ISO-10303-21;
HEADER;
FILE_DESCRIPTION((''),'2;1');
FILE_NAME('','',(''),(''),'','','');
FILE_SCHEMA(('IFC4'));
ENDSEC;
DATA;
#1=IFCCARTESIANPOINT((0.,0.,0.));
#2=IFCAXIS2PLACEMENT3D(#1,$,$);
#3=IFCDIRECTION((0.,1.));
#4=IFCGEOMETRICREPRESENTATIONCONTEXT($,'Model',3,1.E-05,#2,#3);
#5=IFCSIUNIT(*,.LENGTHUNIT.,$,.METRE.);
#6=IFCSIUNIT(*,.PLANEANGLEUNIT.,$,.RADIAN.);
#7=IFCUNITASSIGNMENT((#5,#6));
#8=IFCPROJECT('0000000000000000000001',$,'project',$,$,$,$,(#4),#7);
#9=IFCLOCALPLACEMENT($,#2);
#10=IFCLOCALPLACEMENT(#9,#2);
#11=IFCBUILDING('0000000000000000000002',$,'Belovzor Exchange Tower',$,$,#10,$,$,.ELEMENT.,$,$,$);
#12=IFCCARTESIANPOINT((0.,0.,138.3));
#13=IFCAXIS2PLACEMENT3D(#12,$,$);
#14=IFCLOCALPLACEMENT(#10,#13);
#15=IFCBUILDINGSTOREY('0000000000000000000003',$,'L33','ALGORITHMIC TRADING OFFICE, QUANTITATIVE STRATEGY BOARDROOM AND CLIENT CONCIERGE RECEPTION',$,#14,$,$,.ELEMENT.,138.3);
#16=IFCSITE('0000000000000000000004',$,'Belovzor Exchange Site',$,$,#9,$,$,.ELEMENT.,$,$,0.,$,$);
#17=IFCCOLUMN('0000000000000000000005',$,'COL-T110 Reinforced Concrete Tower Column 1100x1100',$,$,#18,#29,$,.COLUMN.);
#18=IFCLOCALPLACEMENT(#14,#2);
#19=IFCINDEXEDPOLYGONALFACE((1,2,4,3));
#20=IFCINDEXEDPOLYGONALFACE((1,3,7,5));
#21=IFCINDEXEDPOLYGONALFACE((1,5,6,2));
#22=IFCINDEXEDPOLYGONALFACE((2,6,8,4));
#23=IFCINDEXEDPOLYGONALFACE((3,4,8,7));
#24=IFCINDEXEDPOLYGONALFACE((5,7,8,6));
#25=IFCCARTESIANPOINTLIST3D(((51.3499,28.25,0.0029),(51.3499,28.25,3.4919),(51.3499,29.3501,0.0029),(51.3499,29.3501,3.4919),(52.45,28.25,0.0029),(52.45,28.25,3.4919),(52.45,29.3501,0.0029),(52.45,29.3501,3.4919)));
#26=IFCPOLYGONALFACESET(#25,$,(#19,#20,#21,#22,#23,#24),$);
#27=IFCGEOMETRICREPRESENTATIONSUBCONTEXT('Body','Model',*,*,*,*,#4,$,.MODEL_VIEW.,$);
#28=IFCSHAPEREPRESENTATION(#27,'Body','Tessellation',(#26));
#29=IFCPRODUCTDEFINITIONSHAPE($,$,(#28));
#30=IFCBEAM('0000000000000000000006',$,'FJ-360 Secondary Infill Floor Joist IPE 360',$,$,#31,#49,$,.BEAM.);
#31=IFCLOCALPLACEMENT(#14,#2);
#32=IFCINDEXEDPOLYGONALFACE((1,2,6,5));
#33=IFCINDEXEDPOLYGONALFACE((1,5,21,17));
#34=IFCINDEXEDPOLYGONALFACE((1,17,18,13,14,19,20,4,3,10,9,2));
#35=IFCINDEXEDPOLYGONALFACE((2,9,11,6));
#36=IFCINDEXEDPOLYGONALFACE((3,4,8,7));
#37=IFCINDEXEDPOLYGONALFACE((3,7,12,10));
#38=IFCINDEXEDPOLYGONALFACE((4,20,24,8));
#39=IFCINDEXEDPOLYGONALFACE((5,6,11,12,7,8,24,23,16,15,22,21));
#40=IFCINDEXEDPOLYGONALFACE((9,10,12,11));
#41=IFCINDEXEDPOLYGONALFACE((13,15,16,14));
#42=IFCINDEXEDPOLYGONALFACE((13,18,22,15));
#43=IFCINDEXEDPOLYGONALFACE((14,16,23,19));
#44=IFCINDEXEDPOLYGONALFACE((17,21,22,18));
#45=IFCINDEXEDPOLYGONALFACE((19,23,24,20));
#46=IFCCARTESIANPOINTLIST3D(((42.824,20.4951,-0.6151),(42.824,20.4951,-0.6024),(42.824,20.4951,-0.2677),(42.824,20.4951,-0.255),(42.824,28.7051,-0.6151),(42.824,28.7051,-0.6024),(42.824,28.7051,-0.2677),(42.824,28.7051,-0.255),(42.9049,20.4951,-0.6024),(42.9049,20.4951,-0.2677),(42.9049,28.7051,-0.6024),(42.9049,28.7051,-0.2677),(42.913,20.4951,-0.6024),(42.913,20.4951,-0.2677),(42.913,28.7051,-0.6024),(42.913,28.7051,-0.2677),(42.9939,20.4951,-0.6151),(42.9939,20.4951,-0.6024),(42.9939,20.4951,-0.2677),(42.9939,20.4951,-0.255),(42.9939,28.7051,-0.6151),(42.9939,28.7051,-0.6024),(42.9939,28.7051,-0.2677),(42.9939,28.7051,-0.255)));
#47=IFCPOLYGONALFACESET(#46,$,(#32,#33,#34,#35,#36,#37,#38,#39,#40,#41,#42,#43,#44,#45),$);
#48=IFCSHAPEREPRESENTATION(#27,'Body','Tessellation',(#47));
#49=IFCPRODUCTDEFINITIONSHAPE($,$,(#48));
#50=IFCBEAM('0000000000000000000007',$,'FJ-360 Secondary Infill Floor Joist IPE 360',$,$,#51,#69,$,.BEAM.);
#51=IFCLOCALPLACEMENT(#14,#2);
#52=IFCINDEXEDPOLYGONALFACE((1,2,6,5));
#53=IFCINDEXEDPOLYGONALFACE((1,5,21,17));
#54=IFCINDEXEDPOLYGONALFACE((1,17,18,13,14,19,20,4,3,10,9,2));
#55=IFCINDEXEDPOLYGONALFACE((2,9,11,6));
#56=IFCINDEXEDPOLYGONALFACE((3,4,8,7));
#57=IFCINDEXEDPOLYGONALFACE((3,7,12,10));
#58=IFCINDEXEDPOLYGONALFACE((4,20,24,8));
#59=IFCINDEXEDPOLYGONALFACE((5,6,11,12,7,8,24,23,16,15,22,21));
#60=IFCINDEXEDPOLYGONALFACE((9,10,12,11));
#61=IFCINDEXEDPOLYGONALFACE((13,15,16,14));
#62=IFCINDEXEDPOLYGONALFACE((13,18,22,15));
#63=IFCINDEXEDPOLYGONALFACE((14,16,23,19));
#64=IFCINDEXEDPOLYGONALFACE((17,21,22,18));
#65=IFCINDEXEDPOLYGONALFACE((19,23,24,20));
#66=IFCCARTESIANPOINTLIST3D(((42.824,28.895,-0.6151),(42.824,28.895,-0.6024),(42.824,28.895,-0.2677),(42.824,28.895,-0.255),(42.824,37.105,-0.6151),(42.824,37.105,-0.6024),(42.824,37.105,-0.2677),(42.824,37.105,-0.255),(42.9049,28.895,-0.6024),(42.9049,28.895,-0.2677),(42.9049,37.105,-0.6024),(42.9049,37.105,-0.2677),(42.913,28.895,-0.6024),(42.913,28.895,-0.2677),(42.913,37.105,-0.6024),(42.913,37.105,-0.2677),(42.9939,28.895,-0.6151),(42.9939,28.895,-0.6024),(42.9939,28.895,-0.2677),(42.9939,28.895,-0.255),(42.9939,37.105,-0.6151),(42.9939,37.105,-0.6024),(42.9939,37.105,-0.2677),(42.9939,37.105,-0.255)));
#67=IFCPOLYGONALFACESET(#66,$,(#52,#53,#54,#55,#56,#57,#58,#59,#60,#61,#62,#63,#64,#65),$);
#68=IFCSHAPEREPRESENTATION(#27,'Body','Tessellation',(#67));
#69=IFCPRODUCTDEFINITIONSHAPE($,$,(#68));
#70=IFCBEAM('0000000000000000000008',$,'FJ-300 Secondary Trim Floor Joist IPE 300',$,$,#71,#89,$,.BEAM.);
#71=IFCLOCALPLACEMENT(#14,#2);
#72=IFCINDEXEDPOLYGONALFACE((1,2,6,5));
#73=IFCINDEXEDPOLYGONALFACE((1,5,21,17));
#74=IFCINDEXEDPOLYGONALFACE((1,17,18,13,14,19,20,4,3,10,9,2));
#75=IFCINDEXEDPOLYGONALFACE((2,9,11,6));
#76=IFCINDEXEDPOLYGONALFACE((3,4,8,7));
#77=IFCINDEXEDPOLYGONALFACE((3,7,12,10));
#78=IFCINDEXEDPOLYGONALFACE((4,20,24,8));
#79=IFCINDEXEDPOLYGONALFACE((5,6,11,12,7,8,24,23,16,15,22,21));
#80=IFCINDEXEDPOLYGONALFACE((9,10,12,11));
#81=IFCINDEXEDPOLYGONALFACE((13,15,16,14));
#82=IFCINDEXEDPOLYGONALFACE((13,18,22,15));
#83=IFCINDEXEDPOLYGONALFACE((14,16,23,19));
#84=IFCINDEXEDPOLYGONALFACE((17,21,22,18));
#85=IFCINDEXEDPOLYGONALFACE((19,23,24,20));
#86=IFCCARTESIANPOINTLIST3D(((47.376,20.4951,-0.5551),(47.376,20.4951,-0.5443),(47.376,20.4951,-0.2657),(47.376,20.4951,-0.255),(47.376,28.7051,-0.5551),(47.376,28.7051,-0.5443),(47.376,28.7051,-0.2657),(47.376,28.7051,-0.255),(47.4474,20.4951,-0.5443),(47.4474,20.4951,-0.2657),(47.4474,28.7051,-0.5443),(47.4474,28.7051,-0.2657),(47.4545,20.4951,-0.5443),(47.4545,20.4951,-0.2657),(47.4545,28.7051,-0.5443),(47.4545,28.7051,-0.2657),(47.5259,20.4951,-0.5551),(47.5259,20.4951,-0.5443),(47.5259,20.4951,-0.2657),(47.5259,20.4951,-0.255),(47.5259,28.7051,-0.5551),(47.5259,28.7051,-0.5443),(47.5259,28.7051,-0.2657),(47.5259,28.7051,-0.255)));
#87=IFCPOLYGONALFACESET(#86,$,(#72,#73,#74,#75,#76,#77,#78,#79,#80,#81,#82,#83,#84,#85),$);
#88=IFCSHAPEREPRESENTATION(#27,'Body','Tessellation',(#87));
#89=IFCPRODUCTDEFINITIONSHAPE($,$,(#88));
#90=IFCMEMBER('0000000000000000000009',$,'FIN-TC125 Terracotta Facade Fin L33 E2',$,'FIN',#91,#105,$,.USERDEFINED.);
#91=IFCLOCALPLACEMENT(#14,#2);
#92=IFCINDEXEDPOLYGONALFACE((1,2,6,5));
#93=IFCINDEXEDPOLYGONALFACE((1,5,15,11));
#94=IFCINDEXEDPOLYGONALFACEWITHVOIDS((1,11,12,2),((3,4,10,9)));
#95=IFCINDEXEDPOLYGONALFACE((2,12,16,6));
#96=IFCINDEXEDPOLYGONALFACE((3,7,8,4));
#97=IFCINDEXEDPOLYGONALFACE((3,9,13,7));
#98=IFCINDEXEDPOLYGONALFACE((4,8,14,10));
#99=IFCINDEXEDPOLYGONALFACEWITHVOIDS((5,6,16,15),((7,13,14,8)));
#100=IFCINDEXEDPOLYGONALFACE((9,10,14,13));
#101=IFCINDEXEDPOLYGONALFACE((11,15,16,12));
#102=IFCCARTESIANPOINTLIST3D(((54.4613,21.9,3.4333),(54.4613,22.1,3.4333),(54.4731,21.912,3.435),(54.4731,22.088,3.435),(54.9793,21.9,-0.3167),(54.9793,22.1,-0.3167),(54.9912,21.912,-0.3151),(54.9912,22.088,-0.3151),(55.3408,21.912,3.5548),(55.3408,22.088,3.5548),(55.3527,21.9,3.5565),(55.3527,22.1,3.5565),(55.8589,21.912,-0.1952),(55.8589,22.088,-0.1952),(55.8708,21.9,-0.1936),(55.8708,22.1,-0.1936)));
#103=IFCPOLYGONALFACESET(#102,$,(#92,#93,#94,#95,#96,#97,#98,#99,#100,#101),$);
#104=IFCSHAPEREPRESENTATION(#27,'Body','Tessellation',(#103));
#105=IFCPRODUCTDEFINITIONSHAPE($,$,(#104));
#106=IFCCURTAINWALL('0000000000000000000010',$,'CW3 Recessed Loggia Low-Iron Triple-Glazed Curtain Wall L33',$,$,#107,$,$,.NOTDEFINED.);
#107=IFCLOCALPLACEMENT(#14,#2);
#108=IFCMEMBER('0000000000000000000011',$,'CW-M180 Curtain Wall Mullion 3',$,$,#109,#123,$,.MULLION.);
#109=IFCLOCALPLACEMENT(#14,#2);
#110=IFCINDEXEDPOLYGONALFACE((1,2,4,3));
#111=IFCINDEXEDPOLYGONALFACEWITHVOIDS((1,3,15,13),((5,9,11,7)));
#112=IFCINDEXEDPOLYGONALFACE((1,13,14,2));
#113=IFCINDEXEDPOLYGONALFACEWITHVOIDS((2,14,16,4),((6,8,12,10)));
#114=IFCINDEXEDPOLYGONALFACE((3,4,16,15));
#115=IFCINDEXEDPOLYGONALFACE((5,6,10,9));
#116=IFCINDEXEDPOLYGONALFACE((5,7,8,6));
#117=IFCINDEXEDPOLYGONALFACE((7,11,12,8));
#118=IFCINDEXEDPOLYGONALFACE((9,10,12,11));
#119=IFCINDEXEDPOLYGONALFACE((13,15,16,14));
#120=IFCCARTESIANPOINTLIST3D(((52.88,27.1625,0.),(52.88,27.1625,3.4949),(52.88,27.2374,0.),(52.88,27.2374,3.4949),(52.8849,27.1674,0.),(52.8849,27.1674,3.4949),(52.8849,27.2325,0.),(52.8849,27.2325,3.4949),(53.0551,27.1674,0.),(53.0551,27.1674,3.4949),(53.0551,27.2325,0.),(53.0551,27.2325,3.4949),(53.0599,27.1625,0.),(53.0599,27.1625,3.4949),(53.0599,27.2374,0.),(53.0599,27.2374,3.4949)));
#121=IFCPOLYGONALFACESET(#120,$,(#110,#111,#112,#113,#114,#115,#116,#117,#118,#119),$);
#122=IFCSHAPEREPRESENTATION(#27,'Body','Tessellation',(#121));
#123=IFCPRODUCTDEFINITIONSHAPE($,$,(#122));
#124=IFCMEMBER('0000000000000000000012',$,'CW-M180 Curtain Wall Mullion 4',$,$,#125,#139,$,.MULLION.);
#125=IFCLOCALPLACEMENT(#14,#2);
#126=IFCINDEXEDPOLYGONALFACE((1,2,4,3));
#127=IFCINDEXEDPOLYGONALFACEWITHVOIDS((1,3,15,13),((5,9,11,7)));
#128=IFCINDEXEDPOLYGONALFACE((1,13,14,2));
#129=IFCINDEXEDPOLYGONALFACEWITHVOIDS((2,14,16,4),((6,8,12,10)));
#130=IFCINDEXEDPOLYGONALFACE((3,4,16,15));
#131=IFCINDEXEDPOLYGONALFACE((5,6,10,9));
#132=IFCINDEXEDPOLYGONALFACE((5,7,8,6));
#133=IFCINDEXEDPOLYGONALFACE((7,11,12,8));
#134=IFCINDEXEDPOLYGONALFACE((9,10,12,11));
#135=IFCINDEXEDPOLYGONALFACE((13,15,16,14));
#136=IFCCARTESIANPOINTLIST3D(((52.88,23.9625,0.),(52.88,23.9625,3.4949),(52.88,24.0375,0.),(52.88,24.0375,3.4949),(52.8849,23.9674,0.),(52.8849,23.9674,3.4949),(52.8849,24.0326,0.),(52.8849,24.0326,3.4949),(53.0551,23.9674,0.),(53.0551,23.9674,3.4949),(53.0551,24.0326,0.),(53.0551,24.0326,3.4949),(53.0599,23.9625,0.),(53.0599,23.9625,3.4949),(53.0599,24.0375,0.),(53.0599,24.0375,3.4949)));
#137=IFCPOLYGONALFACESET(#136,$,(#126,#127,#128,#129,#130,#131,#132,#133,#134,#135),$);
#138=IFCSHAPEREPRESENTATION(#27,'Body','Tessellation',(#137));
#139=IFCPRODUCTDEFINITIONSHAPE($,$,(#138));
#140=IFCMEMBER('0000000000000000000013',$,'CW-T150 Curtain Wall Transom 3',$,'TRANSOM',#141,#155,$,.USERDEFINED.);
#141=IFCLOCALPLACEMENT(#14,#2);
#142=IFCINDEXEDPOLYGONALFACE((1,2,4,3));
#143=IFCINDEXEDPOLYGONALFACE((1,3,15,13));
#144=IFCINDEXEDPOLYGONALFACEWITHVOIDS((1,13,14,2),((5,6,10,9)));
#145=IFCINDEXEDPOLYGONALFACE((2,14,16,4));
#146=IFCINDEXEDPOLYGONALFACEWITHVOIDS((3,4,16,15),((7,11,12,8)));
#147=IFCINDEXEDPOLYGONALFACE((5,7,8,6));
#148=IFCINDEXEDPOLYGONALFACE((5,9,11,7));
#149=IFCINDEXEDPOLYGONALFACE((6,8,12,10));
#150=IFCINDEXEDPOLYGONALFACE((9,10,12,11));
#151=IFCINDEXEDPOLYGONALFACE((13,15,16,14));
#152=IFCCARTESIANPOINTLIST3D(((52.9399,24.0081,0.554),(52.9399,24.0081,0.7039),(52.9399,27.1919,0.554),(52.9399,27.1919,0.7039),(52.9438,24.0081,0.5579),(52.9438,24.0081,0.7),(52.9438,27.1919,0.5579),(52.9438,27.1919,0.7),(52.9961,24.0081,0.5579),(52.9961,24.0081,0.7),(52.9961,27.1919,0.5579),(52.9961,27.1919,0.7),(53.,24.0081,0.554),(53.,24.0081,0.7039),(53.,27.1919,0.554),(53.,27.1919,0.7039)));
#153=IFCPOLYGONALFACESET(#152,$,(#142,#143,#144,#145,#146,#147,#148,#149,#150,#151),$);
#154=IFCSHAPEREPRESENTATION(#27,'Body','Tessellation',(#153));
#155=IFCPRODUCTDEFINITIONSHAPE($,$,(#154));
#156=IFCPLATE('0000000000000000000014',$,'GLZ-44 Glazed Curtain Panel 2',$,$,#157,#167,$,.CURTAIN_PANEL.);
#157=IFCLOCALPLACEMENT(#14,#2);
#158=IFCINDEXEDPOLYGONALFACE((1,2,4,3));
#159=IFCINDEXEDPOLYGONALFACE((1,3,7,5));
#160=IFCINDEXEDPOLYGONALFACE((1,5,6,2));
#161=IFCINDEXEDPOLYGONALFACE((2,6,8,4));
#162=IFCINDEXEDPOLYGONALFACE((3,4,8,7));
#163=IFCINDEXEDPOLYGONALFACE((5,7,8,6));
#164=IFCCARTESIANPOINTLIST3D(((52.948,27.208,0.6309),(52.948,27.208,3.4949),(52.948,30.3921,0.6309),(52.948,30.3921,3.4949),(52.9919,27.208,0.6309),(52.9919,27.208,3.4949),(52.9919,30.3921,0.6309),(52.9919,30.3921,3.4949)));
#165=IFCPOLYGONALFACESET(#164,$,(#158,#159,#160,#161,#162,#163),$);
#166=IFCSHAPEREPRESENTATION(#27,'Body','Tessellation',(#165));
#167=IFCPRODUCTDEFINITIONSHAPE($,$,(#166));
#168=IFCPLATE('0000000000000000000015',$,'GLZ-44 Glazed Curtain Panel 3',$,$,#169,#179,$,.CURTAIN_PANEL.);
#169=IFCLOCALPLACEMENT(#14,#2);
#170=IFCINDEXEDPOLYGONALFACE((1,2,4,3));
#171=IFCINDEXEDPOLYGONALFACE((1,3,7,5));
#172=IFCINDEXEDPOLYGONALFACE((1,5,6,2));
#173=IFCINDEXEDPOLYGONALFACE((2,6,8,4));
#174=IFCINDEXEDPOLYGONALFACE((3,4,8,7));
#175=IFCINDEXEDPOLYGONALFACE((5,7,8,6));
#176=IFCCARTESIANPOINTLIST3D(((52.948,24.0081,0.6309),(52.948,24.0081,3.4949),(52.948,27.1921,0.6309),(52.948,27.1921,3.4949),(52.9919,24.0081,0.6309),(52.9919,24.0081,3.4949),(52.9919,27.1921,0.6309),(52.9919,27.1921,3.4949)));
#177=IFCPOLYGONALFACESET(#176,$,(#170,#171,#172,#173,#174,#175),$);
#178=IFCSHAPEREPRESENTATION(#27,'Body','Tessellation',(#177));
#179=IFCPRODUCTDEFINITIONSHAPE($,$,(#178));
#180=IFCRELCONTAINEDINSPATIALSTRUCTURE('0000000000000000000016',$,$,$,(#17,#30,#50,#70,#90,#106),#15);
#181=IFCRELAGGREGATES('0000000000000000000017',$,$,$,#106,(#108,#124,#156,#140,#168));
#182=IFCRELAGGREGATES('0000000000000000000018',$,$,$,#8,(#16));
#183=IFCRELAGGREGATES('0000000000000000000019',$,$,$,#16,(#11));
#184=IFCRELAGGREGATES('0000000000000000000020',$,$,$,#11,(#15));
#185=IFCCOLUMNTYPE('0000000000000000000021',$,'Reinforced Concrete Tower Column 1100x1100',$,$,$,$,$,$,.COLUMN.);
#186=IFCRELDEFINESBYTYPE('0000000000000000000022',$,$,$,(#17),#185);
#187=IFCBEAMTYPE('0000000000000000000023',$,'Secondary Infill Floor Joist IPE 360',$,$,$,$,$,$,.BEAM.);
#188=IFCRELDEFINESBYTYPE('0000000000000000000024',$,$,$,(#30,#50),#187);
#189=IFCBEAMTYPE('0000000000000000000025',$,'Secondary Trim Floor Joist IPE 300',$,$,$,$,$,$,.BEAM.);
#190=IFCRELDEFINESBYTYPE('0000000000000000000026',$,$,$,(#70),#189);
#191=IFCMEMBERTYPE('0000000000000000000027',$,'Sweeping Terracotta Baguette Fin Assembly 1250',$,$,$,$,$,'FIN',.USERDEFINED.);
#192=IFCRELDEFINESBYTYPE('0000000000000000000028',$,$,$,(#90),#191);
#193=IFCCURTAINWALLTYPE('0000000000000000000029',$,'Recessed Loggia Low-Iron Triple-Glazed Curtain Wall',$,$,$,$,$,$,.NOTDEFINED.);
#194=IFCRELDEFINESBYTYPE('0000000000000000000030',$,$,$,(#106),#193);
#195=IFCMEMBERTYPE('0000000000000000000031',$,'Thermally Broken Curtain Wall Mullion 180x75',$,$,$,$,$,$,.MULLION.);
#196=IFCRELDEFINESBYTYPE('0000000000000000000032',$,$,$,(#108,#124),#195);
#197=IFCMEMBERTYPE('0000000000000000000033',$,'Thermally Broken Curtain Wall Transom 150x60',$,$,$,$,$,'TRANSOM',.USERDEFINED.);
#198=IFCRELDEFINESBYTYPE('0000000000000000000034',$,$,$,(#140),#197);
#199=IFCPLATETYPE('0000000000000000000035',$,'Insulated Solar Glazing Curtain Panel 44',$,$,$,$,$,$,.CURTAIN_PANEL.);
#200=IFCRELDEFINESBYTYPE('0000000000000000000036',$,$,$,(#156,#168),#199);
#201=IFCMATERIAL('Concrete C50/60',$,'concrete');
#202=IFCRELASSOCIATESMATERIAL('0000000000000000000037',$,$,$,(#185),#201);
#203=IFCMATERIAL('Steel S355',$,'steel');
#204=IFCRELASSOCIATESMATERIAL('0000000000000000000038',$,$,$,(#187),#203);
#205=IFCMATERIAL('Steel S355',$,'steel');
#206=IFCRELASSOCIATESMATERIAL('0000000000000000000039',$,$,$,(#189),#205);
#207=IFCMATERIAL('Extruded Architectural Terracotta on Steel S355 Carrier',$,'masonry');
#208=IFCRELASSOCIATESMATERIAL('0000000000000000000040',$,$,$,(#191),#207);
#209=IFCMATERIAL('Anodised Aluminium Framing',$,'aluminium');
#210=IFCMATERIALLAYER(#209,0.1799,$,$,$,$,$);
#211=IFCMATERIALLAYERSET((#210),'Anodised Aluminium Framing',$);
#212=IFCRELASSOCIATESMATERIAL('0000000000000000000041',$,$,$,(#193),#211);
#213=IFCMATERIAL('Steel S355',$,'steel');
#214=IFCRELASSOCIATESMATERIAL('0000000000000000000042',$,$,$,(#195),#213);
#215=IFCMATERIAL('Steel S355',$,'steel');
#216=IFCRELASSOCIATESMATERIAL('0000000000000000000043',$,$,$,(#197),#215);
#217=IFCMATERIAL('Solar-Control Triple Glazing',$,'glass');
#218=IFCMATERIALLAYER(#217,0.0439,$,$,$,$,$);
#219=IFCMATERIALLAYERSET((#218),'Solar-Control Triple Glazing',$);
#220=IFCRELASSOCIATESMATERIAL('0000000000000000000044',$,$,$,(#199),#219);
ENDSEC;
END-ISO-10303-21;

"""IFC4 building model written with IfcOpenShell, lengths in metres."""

from ifc_helpers import new_model, si_unit, direction, frame, origin, origin_2d, place, context, subcontext, project, spatial, rectangle, hollow_rectangle, i_section, extrude, material, layer, layer_set, material_profile, profile_set, type_object, element, aggregate, save


model = new_model("IFC4")

# Units and contexts
model_context = context("Model", 3, precision=1e-05, world=origin(), true_north=direction((0.0, 1.0)))
body_context = subcontext(model_context, "Body", "Model", "MODEL_VIEW")
ifc_project = project(units=[si_unit("LENGTHUNIT", "METRE"), si_unit("PLANEANGLEUNIT", "RADIAN")], contexts=[model_context])

# Site, building, storey
site_placement = place(None, origin())
site = spatial("IfcSite", under=ifc_project, at=site_placement, Name="Belovzor Exchange Site", CompositionType="ELEMENT", RefElevation=0.0)
building_placement = place(site_placement, origin())
building = spatial("IfcBuilding", under=site, at=building_placement, Name="Belovzor Exchange Tower", CompositionType="ELEMENT")
storey_placement = place(building_placement, frame((0.0, 0.0, 138.3)))
storey = spatial("IfcBuildingStorey", under=building, at=storey_placement, Name="L33", Description="ALGORITHMIC TRADING OFFICE, QUANTITATIVE STRATEGY BOARDROOM AND CLIENT CONCIERGE RECEPTION", CompositionType="ELEMENT", Elevation=138.3)

# Column
ifc_material_1 = material(Name="Concrete C50/60", Category="concrete")
ifc_material_profile_1 = material_profile(ifc_material_1, rectangle(XDim=1.1001, YDim=1.1001, at=origin_2d()))
ifc_profile_set_1 = profile_set([ifc_material_profile_1], Name="Concrete C50/60")
column_type = type_object("IfcColumnType", Name="Reinforced Concrete Tower Column 1100x1100", PredefinedType="COLUMN", material=ifc_profile_set_1)
column_placement = place(storey_placement, frame((51.8999, 28.8, 0.0029), z_axis=(0.0, 0.0, 1.0), x_axis=(1.0, 0.0, 0.0)))
element("IfcColumn", 1, at=column_placement, inside=storey, type_object=column_type, Name="COL-T110 Reinforced Concrete Tower Column 1100x1100", PredefinedType="COLUMN", context=body_context, shape_type="SweptSolid", body=[
    extrude(rectangle(XDim=1.1001, YDim=1.1001, at=origin_2d()), origin(), (0.0, 0.0, 1.0), 3.489),
])

# Beams
ifc_material_2 = material(Name="Steel S355", Category="steel")
ifc_material_profile_2 = material_profile(ifc_material_2, i_section(OverallWidth=0.1699, OverallDepth=0.3601, WebThickness=0.0081, FlangeThickness=0.0127, at=origin_2d()))
ifc_profile_set_2 = profile_set([ifc_material_profile_2], Name="Steel S355")
beam_type_1 = type_object("IfcBeamType", Name="Secondary Infill Floor Joist IPE 360", PredefinedType="BEAM", material=ifc_profile_set_2)
for number, where, z_axis, x_axis, name in (
    (2, (42.9089, 20.4951, -0.4351), (0.0, 1.0, 0.0), (-1.0, 0.0, 0.0), "FJ-360 Secondary Infill Floor Joist IPE 360"),
    (3, (42.9089, 28.895, -0.4351), (0.0, 1.0, 0.0), (-1.0, 0.0, 0.0), "FJ-360 Secondary Infill Floor Joist IPE 360"),
):
    element("IfcBeam", number, at=place(storey_placement, frame(where, z_axis=z_axis, x_axis=x_axis)), inside=storey, type_object=beam_type_1, Name=name, PredefinedType="BEAM", context=body_context, shape_type="SweptSolid", body=[
        extrude(i_section(OverallWidth=0.1699, OverallDepth=0.3601, WebThickness=0.0081, FlangeThickness=0.0127, at=origin_2d()), origin(), (0.0, 0.0, 1.0), 8.21),
    ])
ifc_material_3 = material(Name="Steel S355", Category="steel")
ifc_material_profile_3 = material_profile(ifc_material_3, i_section(OverallWidth=0.1499, OverallDepth=0.3, WebThickness=0.0071, FlangeThickness=0.0107, at=origin_2d()))
ifc_profile_set_3 = profile_set([ifc_material_profile_3], Name="Steel S355")
beam_type_2 = type_object("IfcBeamType", Name="Secondary Trim Floor Joist IPE 300", PredefinedType="BEAM", material=ifc_profile_set_3)
beam_placement = place(storey_placement, frame((47.4509, 20.4951, -0.405), z_axis=(0.0, 1.0, 0.0), x_axis=(-1.0, 0.0, 0.0)))
element("IfcBeam", 4, at=beam_placement, inside=storey, type_object=beam_type_2, Name="FJ-300 Secondary Trim Floor Joist IPE 300", PredefinedType="BEAM", context=body_context, shape_type="SweptSolid", body=[
    extrude(i_section(OverallWidth=0.1499, OverallDepth=0.3, WebThickness=0.0071, FlangeThickness=0.0107, at=origin_2d()), origin(), (0.0, 0.0, 1.0), 8.21),
])

# Member
ifc_material_4 = material(Name="Extruded Architectural Terracotta on Steel S355 Carrier", Category="masonry")
ifc_material_profile_4 = material_profile(ifc_material_4, hollow_rectangle(XDim=0.2, YDim=0.8999, WallThickness=0.012, at=origin_2d()))
ifc_profile_set_4 = profile_set([ifc_material_profile_4], Name="Extruded Architectural Terracotta on Steel S355 Carrier")
member_type_1 = type_object("IfcMemberType", Name="Sweeping Terracotta Baguette Fin Assembly 1250", ElementType="FIN", PredefinedType="USERDEFINED", material=ifc_profile_set_4)
member_1_placement = place(storey_placement, frame((55.425, 22.0, -0.2551), z_axis=(-0.136851, 0.0, 0.990592), x_axis=(0.0, -1.0, 0.0)))
element("IfcMember", 5, at=member_1_placement, inside=storey, type_object=member_type_1, Name="FIN-TC125 Terracotta Facade Fin L33 E2", ObjectType="FIN", PredefinedType="USERDEFINED", context=body_context, shape_type="SweptSolid", body=[
    extrude(hollow_rectangle(XDim=0.2, YDim=0.8999, WallThickness=0.012, at=origin_2d()), origin(), (0.0, 0.0, 1.0), 3.7856),
])

# Curtain wall, members, plates
ifc_material_5 = material(Name="Anodised Aluminium Framing", Category="aluminium")
ifc_layer_1 = layer(ifc_material_5, 0.1799)
ifc_layer_set_1 = layer_set([ifc_layer_1], Name="Anodised Aluminium Framing")
curtain_wall_type = type_object("IfcCurtainWallType", Name="Recessed Loggia Low-Iron Triple-Glazed Curtain Wall", PredefinedType="NOTDEFINED", material=ifc_layer_set_1)
curtain_wall_placement = place(storey_placement, origin())
curtain_wall = element("IfcCurtainWall", 6, at=curtain_wall_placement, inside=storey, type_object=curtain_wall_type, Name="CW3 Recessed Loggia Low-Iron Triple-Glazed Curtain Wall L33", PredefinedType="NOTDEFINED")
ifc_material_6 = material(Name="Steel S355", Category="steel")
ifc_material_profile_5 = material_profile(ifc_material_6, hollow_rectangle(XDim=0.075, YDim=0.1799, WallThickness=0.0049, at=origin_2d()))
ifc_profile_set_5 = profile_set([ifc_material_profile_5], Name="Steel S355")
member_type_2 = type_object("IfcMemberType", Name="Thermally Broken Curtain Wall Mullion 180x75", PredefinedType="MULLION", material=ifc_profile_set_5)
member_2_placement = place(storey_placement, frame((52.97, 27.2, 0.0), z_axis=(0.0, 0.0, 1.0), x_axis=(0.0, -1.0, 0.0)))
member_2 = element("IfcMember", 7, at=member_2_placement, type_object=member_type_2, Name="CW-M180 Curtain Wall Mullion 3", PredefinedType="MULLION", context=body_context, shape_type="SweptSolid", body=[
    extrude(hollow_rectangle(XDim=0.075, YDim=0.1799, WallThickness=0.0049, at=origin_2d()), origin(), (0.0, 0.0, 1.0), 3.4949),
])
member_3_placement = place(storey_placement, frame((52.97, 24.0, 0.0), z_axis=(0.0, 0.0, 1.0), x_axis=(0.0, -1.0, 0.0)))
member_3 = element("IfcMember", 8, at=member_3_placement, type_object=member_type_2, Name="CW-M180 Curtain Wall Mullion 4", PredefinedType="MULLION", context=body_context, shape_type="SweptSolid", body=[
    extrude(hollow_rectangle(XDim=0.075, YDim=0.1799, WallThickness=0.0049, at=origin_2d()), origin(), (0.0, 0.0, 1.0), 3.4949),
])
ifc_material_7 = material(Name="Steel S355", Category="steel")
ifc_material_profile_6 = material_profile(ifc_material_7, hollow_rectangle(XDim=0.0601, YDim=0.1499, WallThickness=0.0039, at=origin_2d()))
ifc_profile_set_6 = profile_set([ifc_material_profile_6], Name="Steel S355")
member_type_3 = type_object("IfcMemberType", Name="Thermally Broken Curtain Wall Transom 150x60", ElementType="TRANSOM", PredefinedType="USERDEFINED", material=ifc_profile_set_6)
member_4_placement = place(storey_placement, frame((52.97, 27.1919, 0.6289), z_axis=(0.0, -1.0, 0.0), x_axis=(1.0, 0.0, 0.0)))
member_4 = element("IfcMember", 9, at=member_4_placement, type_object=member_type_3, Name="CW-T150 Curtain Wall Transom 3", ObjectType="TRANSOM", PredefinedType="USERDEFINED", context=body_context, shape_type="SweptSolid", body=[
    extrude(hollow_rectangle(XDim=0.0601, YDim=0.1499, WallThickness=0.0039, at=origin_2d()), origin(), (0.0, 0.0, 1.0), 3.1838),
])
ifc_material_8 = material(Name="Solar-Control Triple Glazing", Category="glass")
ifc_layer_2 = layer(ifc_material_8, 0.0439)
ifc_layer_set_2 = layer_set([ifc_layer_2], Name="Solar-Control Triple Glazing")
plate_type_1 = type_object("IfcPlateType", Name="Insulated Solar Glazing Curtain Panel 44", PredefinedType="CURTAIN_PANEL", material=ifc_layer_set_2)
plate_1_placement = place(storey_placement, frame((52.97, 28.8, 0.6309), z_axis=(0.0, 0.0, 1.0), x_axis=(0.0, -1.0, 0.0)))
plate_1 = element("IfcPlate", 10, at=plate_1_placement, type_object=plate_type_1, Name="GLZ-44 Glazed Curtain Panel 2", PredefinedType="CURTAIN_PANEL", context=body_context, shape_type="SweptSolid", body=[
    extrude(rectangle(XDim=3.1841, YDim=0.0439, at=origin_2d()), origin(), (0.0, 0.0, 1.0), 2.864),
])
plate_2_placement = place(storey_placement, frame((52.97, 25.6001, 0.6309), z_axis=(0.0, 0.0, 1.0), x_axis=(0.0, -1.0, 0.0)))
plate_2 = element("IfcPlate", 11, at=plate_2_placement, type_object=plate_type_1, Name="GLZ-44 Glazed Curtain Panel 3", PredefinedType="CURTAIN_PANEL", context=body_context, shape_type="SweptSolid", body=[
    extrude(rectangle(XDim=3.1841, YDim=0.0439, at=origin_2d()), origin(), (0.0, 0.0, 1.0), 2.864),
])

aggregate(curtain_wall, [member_2, member_3, plate_1, member_4, plate_2])

save(model, "model.ifc")
